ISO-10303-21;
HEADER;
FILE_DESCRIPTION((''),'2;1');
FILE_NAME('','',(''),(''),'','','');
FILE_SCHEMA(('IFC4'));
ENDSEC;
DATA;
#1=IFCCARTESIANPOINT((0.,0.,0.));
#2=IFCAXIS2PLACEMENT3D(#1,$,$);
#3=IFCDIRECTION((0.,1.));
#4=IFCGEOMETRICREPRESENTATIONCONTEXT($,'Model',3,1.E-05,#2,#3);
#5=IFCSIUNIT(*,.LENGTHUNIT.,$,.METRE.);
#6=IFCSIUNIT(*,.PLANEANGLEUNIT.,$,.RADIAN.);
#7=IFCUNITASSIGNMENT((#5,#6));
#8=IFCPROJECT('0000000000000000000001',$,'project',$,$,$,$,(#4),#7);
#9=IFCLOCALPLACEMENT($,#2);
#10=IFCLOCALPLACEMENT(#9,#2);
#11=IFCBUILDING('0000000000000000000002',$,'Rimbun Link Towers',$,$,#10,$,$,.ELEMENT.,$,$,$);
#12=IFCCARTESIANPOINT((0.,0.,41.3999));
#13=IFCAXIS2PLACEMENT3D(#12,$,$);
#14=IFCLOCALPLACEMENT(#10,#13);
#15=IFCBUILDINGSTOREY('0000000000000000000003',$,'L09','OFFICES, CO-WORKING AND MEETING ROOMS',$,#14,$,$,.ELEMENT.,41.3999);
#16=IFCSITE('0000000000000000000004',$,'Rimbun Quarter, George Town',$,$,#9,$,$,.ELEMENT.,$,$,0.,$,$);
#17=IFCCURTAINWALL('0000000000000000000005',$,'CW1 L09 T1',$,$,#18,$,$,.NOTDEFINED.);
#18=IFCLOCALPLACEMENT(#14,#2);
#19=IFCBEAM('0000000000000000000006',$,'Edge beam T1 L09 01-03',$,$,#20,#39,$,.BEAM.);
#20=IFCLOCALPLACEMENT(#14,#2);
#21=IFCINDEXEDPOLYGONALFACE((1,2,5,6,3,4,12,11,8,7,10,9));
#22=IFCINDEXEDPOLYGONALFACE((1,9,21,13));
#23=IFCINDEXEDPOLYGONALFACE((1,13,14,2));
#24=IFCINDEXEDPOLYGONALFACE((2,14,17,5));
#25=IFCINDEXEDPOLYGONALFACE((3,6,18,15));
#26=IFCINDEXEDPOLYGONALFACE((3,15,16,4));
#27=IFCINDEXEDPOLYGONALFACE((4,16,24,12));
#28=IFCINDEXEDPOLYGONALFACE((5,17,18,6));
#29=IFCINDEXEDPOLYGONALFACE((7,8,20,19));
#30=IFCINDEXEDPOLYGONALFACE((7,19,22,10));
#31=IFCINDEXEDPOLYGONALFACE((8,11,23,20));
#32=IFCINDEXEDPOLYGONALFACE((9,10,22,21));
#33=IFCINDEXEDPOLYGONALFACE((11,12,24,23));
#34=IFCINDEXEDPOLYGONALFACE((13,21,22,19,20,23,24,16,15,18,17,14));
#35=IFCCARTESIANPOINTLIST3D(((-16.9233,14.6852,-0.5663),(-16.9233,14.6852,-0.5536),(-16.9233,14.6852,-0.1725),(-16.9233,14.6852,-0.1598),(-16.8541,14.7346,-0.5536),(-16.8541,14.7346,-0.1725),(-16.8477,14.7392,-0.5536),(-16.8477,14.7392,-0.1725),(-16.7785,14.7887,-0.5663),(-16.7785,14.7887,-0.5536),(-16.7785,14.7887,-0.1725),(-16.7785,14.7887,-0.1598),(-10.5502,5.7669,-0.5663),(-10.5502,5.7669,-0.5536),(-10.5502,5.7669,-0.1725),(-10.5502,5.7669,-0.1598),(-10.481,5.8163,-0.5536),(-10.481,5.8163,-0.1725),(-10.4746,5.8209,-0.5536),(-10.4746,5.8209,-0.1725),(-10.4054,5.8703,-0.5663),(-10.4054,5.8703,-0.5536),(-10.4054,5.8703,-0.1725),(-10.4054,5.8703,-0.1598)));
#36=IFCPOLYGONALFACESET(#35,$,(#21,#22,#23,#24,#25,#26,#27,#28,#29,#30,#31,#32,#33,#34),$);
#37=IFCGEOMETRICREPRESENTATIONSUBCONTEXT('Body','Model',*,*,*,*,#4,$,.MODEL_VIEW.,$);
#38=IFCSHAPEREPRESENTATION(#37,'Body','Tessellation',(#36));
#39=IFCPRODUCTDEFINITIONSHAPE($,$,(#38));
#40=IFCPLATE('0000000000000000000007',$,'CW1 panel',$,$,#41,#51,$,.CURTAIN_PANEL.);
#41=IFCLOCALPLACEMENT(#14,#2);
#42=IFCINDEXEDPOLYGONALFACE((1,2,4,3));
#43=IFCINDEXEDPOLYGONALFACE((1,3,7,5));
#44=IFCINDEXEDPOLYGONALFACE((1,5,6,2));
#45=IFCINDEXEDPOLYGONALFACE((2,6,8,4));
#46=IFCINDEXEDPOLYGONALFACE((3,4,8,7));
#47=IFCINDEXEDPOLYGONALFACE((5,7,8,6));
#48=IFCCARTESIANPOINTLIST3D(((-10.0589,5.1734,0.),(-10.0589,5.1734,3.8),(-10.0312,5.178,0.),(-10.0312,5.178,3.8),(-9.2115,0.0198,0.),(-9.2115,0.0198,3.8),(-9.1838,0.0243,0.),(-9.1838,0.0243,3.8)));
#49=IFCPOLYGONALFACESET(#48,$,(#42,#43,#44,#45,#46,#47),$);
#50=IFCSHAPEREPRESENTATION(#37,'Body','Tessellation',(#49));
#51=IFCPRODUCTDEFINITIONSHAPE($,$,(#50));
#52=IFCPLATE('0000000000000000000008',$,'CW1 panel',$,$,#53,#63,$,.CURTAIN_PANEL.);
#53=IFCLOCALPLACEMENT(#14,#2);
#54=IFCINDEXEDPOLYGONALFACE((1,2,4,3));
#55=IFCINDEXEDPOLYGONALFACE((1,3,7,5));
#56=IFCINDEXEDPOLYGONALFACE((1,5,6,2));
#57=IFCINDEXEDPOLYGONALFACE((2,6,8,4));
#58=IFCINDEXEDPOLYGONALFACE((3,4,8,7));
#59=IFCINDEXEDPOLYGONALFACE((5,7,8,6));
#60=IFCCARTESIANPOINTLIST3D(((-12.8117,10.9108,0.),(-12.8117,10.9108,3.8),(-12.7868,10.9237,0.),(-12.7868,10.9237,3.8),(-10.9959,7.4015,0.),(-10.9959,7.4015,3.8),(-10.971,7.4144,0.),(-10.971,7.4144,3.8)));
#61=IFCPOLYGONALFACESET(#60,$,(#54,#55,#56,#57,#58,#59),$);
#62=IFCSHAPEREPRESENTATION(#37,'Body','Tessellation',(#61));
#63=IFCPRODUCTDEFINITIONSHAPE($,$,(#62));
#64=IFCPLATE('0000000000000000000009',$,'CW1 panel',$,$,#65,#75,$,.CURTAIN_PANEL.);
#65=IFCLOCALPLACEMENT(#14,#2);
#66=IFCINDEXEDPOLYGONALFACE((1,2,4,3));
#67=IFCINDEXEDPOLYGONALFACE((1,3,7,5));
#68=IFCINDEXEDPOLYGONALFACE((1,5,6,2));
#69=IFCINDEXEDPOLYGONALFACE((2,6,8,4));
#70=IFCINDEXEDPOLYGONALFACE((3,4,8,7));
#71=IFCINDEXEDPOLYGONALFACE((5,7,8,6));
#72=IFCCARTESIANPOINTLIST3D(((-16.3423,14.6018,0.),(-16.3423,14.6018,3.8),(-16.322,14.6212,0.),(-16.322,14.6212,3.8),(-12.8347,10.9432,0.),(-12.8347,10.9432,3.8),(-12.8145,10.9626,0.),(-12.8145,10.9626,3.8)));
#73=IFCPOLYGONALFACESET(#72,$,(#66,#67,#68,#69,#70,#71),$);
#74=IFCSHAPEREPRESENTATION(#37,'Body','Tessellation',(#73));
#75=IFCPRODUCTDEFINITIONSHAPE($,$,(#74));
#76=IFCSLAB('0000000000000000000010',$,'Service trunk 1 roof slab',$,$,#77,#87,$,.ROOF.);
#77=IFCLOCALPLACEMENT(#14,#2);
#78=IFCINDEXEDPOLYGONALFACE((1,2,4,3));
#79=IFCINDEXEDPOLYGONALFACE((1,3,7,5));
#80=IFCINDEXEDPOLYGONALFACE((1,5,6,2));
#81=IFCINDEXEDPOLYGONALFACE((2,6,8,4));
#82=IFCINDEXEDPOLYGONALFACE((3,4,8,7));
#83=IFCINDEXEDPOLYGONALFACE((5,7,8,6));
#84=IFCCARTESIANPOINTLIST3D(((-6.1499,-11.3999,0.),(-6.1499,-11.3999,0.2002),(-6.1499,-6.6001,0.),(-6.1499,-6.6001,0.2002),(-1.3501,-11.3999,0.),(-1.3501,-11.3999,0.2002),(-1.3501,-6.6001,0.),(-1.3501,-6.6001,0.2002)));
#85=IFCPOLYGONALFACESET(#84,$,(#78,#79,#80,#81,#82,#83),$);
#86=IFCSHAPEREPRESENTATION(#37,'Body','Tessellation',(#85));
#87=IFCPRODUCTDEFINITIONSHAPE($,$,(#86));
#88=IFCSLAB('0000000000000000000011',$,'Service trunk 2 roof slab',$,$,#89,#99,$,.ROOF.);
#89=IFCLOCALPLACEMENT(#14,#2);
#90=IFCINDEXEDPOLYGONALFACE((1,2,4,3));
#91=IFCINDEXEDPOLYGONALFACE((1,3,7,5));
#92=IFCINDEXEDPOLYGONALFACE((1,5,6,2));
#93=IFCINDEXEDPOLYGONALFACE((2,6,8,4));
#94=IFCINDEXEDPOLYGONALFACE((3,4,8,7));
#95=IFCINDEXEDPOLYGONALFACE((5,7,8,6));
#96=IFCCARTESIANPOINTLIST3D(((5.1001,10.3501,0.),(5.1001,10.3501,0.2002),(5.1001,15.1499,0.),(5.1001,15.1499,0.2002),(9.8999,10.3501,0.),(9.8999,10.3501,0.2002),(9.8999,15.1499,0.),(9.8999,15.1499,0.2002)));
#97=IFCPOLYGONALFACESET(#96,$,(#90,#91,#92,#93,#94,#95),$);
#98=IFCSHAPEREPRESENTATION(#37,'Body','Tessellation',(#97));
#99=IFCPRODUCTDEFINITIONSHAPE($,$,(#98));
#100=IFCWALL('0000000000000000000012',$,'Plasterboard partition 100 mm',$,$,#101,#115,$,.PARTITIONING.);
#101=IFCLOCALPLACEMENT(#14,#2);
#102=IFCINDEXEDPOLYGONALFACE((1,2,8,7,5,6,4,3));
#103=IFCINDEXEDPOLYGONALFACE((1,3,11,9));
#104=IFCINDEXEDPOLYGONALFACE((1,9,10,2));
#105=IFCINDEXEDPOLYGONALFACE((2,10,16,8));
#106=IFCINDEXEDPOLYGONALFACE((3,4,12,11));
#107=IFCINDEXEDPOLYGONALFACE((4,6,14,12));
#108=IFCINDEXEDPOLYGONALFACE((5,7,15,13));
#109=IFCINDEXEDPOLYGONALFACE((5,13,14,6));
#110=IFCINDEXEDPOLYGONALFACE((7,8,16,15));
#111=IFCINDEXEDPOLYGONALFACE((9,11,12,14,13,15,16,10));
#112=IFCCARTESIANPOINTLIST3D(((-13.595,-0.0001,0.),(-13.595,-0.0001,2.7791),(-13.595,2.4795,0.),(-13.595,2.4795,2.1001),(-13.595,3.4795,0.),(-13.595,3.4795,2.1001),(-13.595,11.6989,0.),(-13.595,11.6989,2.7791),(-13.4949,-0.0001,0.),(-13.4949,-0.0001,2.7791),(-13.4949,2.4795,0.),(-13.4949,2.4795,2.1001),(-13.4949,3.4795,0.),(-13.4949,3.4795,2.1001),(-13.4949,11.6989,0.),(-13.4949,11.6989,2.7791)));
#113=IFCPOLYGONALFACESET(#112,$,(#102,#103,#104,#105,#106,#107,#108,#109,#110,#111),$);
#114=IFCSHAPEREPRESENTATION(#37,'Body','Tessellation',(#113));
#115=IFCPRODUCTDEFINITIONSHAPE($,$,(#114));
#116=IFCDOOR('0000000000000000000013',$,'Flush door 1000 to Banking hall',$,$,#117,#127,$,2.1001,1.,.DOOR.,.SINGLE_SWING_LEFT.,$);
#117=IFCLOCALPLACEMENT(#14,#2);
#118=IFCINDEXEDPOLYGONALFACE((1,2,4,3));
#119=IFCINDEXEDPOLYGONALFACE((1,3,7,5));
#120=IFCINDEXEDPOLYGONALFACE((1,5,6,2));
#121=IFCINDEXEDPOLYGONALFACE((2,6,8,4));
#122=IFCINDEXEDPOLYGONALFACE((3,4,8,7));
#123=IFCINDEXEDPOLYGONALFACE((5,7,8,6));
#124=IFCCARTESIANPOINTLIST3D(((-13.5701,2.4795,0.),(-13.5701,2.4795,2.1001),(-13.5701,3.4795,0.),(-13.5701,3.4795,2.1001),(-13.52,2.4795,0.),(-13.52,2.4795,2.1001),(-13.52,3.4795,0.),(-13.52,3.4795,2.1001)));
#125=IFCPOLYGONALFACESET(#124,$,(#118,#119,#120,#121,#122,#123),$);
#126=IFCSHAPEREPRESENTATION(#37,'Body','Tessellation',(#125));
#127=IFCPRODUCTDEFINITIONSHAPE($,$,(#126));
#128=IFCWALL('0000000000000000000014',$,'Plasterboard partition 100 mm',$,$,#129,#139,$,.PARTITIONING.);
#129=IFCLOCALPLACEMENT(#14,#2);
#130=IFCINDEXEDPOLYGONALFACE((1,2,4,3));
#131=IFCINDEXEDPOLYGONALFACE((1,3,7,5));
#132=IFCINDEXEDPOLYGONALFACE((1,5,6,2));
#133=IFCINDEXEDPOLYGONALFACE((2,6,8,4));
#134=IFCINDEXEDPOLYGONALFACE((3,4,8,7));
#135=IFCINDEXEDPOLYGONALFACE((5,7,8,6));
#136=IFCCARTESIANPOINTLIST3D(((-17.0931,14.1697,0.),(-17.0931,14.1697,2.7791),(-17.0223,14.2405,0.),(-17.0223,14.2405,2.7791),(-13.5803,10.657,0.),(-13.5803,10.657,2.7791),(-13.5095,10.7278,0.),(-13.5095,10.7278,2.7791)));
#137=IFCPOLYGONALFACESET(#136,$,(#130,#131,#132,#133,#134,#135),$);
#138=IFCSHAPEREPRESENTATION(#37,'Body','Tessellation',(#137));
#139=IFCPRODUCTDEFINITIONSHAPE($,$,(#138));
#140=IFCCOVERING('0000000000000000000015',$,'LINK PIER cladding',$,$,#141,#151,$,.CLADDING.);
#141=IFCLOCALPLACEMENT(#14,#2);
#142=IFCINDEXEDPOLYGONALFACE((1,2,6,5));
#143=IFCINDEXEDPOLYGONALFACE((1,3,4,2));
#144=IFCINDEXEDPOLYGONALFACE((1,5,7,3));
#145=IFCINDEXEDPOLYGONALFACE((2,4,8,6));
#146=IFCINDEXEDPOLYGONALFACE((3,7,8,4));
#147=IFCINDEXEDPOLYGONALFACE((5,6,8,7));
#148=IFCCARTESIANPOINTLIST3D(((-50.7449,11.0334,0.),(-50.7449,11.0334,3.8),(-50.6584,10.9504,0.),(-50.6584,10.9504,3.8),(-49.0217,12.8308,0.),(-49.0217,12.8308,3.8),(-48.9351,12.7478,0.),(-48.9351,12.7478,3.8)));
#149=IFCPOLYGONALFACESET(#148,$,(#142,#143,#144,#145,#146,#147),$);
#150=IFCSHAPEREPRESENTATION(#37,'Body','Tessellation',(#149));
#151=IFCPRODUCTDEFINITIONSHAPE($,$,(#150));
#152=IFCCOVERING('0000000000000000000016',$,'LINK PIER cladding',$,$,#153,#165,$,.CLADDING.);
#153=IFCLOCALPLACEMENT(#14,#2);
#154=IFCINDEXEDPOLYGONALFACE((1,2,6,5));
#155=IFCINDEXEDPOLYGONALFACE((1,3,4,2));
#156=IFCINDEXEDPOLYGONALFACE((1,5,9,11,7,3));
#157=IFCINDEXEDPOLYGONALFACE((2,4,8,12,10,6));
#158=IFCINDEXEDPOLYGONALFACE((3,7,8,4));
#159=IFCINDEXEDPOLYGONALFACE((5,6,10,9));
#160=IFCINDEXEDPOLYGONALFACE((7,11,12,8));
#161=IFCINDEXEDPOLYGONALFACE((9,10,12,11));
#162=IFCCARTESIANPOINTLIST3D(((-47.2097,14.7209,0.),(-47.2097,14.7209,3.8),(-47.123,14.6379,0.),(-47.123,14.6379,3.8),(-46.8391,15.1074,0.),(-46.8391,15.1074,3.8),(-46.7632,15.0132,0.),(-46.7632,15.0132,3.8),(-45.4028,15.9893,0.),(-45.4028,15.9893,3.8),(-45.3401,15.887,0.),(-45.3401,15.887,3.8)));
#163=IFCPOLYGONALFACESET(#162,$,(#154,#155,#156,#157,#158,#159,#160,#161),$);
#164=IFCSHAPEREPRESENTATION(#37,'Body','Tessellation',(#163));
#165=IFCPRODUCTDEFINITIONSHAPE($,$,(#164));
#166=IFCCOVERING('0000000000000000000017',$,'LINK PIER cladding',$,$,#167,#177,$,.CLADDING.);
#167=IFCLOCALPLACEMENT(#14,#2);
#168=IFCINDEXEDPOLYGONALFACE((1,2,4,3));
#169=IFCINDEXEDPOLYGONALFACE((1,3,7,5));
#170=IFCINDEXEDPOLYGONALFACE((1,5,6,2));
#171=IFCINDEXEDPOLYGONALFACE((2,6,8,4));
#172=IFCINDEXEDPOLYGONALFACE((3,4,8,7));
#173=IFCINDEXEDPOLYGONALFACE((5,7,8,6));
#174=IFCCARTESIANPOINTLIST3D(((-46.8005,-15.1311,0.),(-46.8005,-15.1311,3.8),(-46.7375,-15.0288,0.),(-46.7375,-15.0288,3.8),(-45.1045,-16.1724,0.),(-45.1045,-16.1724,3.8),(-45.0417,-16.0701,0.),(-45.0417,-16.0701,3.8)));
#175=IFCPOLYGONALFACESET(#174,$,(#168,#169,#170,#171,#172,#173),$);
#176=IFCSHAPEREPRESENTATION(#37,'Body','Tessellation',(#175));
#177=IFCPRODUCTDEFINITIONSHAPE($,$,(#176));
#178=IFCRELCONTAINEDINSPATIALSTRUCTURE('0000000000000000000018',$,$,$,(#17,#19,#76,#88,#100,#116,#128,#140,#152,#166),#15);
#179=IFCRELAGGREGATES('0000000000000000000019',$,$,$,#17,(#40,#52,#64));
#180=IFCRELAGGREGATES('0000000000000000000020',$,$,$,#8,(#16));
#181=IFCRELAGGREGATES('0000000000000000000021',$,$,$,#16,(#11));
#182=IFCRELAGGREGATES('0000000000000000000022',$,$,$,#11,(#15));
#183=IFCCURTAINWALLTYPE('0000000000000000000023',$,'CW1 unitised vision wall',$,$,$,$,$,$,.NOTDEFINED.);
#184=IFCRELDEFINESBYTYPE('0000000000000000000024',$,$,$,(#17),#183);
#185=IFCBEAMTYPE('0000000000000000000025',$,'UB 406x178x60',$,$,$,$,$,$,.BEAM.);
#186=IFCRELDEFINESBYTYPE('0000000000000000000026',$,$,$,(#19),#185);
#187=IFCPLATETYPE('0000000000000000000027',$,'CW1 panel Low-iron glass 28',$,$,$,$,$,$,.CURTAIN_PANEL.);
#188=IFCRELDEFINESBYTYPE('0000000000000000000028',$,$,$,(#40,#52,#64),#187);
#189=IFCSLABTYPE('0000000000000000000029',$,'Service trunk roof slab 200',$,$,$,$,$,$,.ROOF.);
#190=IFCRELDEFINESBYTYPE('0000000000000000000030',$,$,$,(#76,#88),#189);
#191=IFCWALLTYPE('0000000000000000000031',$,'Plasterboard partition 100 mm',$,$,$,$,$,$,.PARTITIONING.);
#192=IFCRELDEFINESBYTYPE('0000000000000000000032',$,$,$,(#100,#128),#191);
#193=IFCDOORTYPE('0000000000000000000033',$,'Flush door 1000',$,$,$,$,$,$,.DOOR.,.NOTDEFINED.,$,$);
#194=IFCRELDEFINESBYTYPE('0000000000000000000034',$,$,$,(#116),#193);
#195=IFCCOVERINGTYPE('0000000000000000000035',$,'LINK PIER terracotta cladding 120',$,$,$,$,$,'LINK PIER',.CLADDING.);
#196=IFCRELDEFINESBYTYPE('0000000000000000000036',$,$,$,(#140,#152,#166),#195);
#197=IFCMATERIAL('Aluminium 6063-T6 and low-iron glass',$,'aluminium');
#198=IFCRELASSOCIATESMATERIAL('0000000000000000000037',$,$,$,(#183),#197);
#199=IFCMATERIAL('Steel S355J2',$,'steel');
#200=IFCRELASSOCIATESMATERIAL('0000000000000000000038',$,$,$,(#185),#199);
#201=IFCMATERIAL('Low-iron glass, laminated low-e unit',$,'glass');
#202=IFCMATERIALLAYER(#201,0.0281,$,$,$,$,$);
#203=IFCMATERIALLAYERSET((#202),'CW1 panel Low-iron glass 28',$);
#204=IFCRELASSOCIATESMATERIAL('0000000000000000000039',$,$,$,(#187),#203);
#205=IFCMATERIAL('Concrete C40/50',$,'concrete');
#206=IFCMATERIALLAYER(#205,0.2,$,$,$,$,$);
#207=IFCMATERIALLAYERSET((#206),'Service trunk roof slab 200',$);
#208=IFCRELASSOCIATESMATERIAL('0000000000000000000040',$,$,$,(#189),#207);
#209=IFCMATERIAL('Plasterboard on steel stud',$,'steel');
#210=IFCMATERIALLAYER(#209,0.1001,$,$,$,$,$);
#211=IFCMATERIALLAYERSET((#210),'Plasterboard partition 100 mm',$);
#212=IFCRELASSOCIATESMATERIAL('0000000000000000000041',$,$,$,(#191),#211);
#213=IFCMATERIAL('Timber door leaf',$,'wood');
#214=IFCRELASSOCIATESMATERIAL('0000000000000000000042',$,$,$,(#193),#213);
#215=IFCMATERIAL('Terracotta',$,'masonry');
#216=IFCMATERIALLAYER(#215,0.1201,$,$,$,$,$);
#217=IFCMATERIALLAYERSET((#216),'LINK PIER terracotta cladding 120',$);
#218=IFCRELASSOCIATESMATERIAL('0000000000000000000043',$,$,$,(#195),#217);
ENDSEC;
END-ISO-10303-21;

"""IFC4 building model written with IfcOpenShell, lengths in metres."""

from ifc_helpers import new_model, si_unit, direction, frame, frame_2d, origin, origin_2d, place, context, subcontext, project, spatial, polyline, rectangle, i_section, outline, extrude, material, layer, layer_set, material_profile, profile_set, type_object, element, fill, aggregate, save


model = new_model("IFC4")

# Units and contexts
model_context = context("Model", 3, precision=1e-05, world=origin(), true_north=direction((0.0, 1.0)))
body_context = subcontext(model_context, "Body", "Model", "MODEL_VIEW")
ifc_project = project(units=[si_unit("LENGTHUNIT", "METRE"), si_unit("PLANEANGLEUNIT", "RADIAN")], contexts=[model_context])

# Site, building, storey
site_placement = place(None, origin())
site = spatial("IfcSite", under=ifc_project, at=site_placement, Name="Rimbun Quarter, George Town", CompositionType="ELEMENT", RefElevation=0.0)
building_placement = place(site_placement, origin())
building = spatial("IfcBuilding", under=site, at=building_placement, Name="Rimbun Link Towers", CompositionType="ELEMENT")
storey_placement = place(building_placement, frame((0.0, 0.0, 41.3999)))
storey = spatial("IfcBuildingStorey", under=building, at=storey_placement, Name="L09", Description="OFFICES, CO-WORKING AND MEETING ROOMS", CompositionType="ELEMENT", Elevation=41.3999)

# Curtain wall
ifc_material_1 = material(Name="Aluminium 6063-T6 and low-iron glass", Category="aluminium")
curtain_wall_type = type_object("IfcCurtainWallType", Name="CW1 unitised vision wall", PredefinedType="NOTDEFINED", material=ifc_material_1)
curtain_wall_placement = place(storey_placement, origin())
curtain_wall = element("IfcCurtainWall", 1, at=curtain_wall_placement, inside=storey, type_object=curtain_wall_type, Name="CW1 L09 T1", PredefinedType="NOTDEFINED")

# Beam
ifc_material_2 = material(Name="Steel S355J2", Category="steel")
ifc_material_profile_1 = material_profile(ifc_material_2, i_section(OverallWidth=0.178, OverallDepth=0.4065, WebThickness=0.0078, FlangeThickness=0.0127, at=origin_2d()), Name="UB 406x178x60")
ifc_profile_set_1 = profile_set([ifc_material_profile_1], Name="Steel S355J2")
beam_type_1 = type_object("IfcBeamType", Name="UB 406x178x60", PredefinedType="BEAM", material=ifc_profile_set_1)
beam_1_placement = place(storey_placement, frame((-10.4778, 5.8186, -0.363), z_axis=(-0.581413, 0.813609, 0.0), x_axis=(-0.813609, -0.581413, 0.0)))
element("IfcBeam", 2, at=beam_1_placement, inside=storey, type_object=beam_type_1, Name="Edge beam T1 L09 01-03", PredefinedType="BEAM", context=body_context, shape_type="SweptSolid", body=[
    extrude(i_section(OverallWidth=0.178, OverallDepth=0.4065, WebThickness=0.0078, FlangeThickness=0.0127, at=origin_2d()), origin(), (0.0, 0.0, 1.0), 10.9614),
])

# Plates
ifc_material_3 = material(Name="Low-iron glass, laminated low-e unit", Category="glass")
ifc_layer_1 = layer(ifc_material_3, 0.0281)
ifc_layer_set_1 = layer_set([ifc_layer_1], Name="CW1 panel Low-iron glass 28")
plate_type = type_object("IfcPlateType", Name="CW1 panel Low-iron glass 28", PredefinedType="CURTAIN_PANEL", material=ifc_layer_set_1)
plate_1_placement = place(storey_placement, frame((-9.6213, 2.5989, 0.0), z_axis=(0.0, 0.0, 1.0), x_axis=(0.162258, -0.986748, 0.0)))
plate_1 = element("IfcPlate", 3, at=plate_1_placement, type_object=plate_type, Name="CW1 panel", PredefinedType="CURTAIN_PANEL", context=body_context, shape_type="SweptSolid", body=[
    extrude(rectangle(XDim=5.2229, YDim=0.0281, at=origin_2d()), origin(), (0.0, 0.0, 1.0), 3.8),
])
plate_2_placement = place(storey_placement, frame((-11.8914, 9.1626, 0.0), z_axis=(0.0, 0.0, 1.0), x_axis=(0.459555, -0.888149, 0.0)))
plate_2 = element("IfcPlate", 4, at=plate_2_placement, type_object=plate_type, Name="CW1 panel", PredefinedType="CURTAIN_PANEL", context=body_context, shape_type="SweptSolid", body=[
    extrude(rectangle(XDim=3.9512, YDim=0.0281, at=origin_2d()), origin(), (0.0, 0.0, 1.0), 3.8),
])
plate_3_placement = place(storey_placement, frame((-14.5784, 12.7822, 0.0), z_axis=(0.0, 0.0, 1.0), x_axis=(0.692052, -0.721848, 0.0)))
plate_3 = element("IfcPlate", 5, at=plate_3_placement, type_object=plate_type, Name="CW1 panel", PredefinedType="CURTAIN_PANEL", context=body_context, shape_type="SweptSolid", body=[
    extrude(rectangle(XDim=5.0684, YDim=0.0281, at=origin_2d()), origin(), (0.0, 0.0, 1.0), 3.8),
])
aggregate(curtain_wall, [plate_1, plate_2, plate_3])

# Slabs
ifc_material_4 = material(Name="Concrete C40/50", Category="concrete")
ifc_layer_2 = layer(ifc_material_4, 0.2)
ifc_layer_set_2 = layer_set([ifc_layer_2], Name="Service trunk roof slab 200")
slab_type = type_object("IfcSlabType", Name="Service trunk roof slab 200", PredefinedType="ROOF", material=ifc_layer_set_2)
slab_1_placement = place(storey_placement, origin())
element("IfcSlab", 6, at=slab_1_placement, inside=storey, type_object=slab_type, Name="Service trunk 1 roof slab", PredefinedType="ROOF", context=body_context, shape_type="SweptSolid", body=[
    extrude(outline(polyline([(-6.1499, -11.3999), (-1.3501, -11.3999), (-1.3501, -6.6001), (-6.1499, -6.6001), (-6.1499, -11.3999)])), origin(), (0.0, 0.0, 1.0), 0.2002),
])
slab_2_placement = place(storey_placement, origin())
element("IfcSlab", 7, at=slab_2_placement, inside=storey, type_object=slab_type, Name="Service trunk 2 roof slab", PredefinedType="ROOF", context=body_context, shape_type="SweptSolid", body=[
    extrude(outline(polyline([(5.1001, 10.3501), (9.8999, 10.3501), (9.8999, 15.1499), (5.1001, 15.1499), (5.1001, 10.3501)])), origin(), (0.0, 0.0, 1.0), 0.2002),
])

# Wall, opening, door
ifc_material_5 = material(Name="Plasterboard on steel stud", Category="steel")
ifc_layer_3 = layer(ifc_material_5, 0.1001)
ifc_layer_set_3 = layer_set([ifc_layer_3], Name="Plasterboard partition 100 mm")
wall_type = type_object("IfcWallType", Name="Plasterboard partition 100 mm", PredefinedType="PARTITIONING", material=ifc_layer_set_3)
wall_1_placement = place(storey_placement, frame((-13.5449, 11.699, 0.0), z_axis=(0.0, 0.0, 1.0), x_axis=(0.0, -1.0, 0.0)))
wall_1 = element("IfcWall", 8, at=wall_1_placement, inside=storey, type_object=wall_type, Name="Plasterboard partition 100 mm", PredefinedType="PARTITIONING", context=body_context, shape_type="SweptSolid", body=[
    extrude(rectangle(XDim=11.699, YDim=0.1001, at=frame_2d((5.8496, 0.0))), origin(), (0.0, 0.0, 1.0), 2.7791),
])
opening_placement = place(wall_1_placement, frame((8.2195, 0.0, 0.0)))
opening = element("IfcOpeningElement", 9, at=opening_placement, cuts=wall_1, PredefinedType="OPENING", context=body_context, shape_type="SweptSolid", body=[
    extrude(rectangle(XDim=1.0, YDim=2.1001, at=frame_2d((0.5, 1.05))), frame((0.0, 0.0601, 0.0), z_axis=(0.0, -1.0, 0.0), x_axis=(1.0, 0.0, 0.0)), (0.0, 0.0, 1.0), 0.1201),
])
ifc_material_6 = material(Name="Timber door leaf", Category="wood")
door_type = type_object("IfcDoorType", Name="Flush door 1000", OperationType="NOTDEFINED", PredefinedType="DOOR", material=ifc_material_6)
door_placement = place(opening_placement, origin())
door = element("IfcDoor", 10, at=door_placement, inside=storey, type_object=door_type, Name="Flush door 1000 to Banking hall", OperationType="SINGLE_SWING_LEFT", OverallHeight=2.1001, OverallWidth=1.0, PredefinedType="DOOR", context=body_context, shape_type="SweptSolid", body=[
    extrude(rectangle(XDim=1.0, YDim=2.1001, at=frame_2d((0.5, 1.05))), frame((0.0, 0.0249, 0.0), z_axis=(0.0, -1.0, 0.0), x_axis=(1.0, 0.0, 0.0)), (0.0, 0.0, 1.0), 0.05),
])
fill(opening, door)

# Wall
wall_2_placement = place(storey_placement, frame((-13.5449, 10.6924, 0.0), z_axis=(0.0, 0.0, 1.0), x_axis=(-0.707107, 0.707107, 0.0)))
element("IfcWall", 11, at=wall_2_placement, inside=storey, type_object=wall_type, Name="Plasterboard partition 100 mm", PredefinedType="PARTITIONING", context=body_context, shape_type="SweptSolid", body=[
    extrude(rectangle(XDim=4.9678, YDim=0.1001, at=frame_2d((2.4839, 0.0))), origin(), (0.0, 0.0, 1.0), 2.7791),
])

# Coverings
ifc_material_7 = material(Name="Terracotta", Category="masonry")
ifc_layer_4 = layer(ifc_material_7, 0.1201)
ifc_layer_set_4 = layer_set([ifc_layer_4], Name="LINK PIER terracotta cladding 120")
covering_type_1 = type_object("IfcCoveringType", Name="LINK PIER terracotta cladding 120", ElementType="LINK PIER", PredefinedType="CLADDING", material=ifc_layer_set_4)
covering_1_placement = place(storey_placement, origin())
element("IfcCovering", 12, at=covering_1_placement, inside=storey, type_object=covering_type_1, Name="LINK PIER cladding", PredefinedType="CLADDING", context=body_context, shape_type="SweptSolid", body=[
    extrude(outline(polyline([(-50.6584, 10.9504), (-48.9351, 12.7478), (-49.0217, 12.8308), (-50.7449, 11.0334), (-50.6584, 10.9504)])), origin(), (0.0, 0.0, 1.0), 3.8),
])
covering_2_placement = place(storey_placement, origin())
element("IfcCovering", 13, at=covering_2_placement, inside=storey, type_object=covering_type_1, Name="LINK PIER cladding", PredefinedType="CLADDING", context=body_context, shape_type="SweptSolid", body=[
    extrude(outline(polyline([(-47.123, 14.6379), (-46.7632, 15.0132), (-45.3401, 15.887), (-45.4028, 15.9893), (-46.8391, 15.1074), (-47.2097, 14.7209), (-47.123, 14.6379)])), origin(), (0.0, 0.0, 1.0), 3.8),
])
covering_3_placement = place(storey_placement, origin())
element("IfcCovering", 14, at=covering_3_placement, inside=storey, type_object=covering_type_1, Name="LINK PIER cladding", PredefinedType="CLADDING", context=body_context, shape_type="SweptSolid", body=[
    extrude(outline(polyline([(-45.0417, -16.0701), (-46.7375, -15.0288), (-46.8005, -15.1311), (-45.1045, -16.1724), (-45.0417, -16.0701)])), origin(), (0.0, 0.0, 1.0), 3.8),
])

save(model, "model.ifc")
